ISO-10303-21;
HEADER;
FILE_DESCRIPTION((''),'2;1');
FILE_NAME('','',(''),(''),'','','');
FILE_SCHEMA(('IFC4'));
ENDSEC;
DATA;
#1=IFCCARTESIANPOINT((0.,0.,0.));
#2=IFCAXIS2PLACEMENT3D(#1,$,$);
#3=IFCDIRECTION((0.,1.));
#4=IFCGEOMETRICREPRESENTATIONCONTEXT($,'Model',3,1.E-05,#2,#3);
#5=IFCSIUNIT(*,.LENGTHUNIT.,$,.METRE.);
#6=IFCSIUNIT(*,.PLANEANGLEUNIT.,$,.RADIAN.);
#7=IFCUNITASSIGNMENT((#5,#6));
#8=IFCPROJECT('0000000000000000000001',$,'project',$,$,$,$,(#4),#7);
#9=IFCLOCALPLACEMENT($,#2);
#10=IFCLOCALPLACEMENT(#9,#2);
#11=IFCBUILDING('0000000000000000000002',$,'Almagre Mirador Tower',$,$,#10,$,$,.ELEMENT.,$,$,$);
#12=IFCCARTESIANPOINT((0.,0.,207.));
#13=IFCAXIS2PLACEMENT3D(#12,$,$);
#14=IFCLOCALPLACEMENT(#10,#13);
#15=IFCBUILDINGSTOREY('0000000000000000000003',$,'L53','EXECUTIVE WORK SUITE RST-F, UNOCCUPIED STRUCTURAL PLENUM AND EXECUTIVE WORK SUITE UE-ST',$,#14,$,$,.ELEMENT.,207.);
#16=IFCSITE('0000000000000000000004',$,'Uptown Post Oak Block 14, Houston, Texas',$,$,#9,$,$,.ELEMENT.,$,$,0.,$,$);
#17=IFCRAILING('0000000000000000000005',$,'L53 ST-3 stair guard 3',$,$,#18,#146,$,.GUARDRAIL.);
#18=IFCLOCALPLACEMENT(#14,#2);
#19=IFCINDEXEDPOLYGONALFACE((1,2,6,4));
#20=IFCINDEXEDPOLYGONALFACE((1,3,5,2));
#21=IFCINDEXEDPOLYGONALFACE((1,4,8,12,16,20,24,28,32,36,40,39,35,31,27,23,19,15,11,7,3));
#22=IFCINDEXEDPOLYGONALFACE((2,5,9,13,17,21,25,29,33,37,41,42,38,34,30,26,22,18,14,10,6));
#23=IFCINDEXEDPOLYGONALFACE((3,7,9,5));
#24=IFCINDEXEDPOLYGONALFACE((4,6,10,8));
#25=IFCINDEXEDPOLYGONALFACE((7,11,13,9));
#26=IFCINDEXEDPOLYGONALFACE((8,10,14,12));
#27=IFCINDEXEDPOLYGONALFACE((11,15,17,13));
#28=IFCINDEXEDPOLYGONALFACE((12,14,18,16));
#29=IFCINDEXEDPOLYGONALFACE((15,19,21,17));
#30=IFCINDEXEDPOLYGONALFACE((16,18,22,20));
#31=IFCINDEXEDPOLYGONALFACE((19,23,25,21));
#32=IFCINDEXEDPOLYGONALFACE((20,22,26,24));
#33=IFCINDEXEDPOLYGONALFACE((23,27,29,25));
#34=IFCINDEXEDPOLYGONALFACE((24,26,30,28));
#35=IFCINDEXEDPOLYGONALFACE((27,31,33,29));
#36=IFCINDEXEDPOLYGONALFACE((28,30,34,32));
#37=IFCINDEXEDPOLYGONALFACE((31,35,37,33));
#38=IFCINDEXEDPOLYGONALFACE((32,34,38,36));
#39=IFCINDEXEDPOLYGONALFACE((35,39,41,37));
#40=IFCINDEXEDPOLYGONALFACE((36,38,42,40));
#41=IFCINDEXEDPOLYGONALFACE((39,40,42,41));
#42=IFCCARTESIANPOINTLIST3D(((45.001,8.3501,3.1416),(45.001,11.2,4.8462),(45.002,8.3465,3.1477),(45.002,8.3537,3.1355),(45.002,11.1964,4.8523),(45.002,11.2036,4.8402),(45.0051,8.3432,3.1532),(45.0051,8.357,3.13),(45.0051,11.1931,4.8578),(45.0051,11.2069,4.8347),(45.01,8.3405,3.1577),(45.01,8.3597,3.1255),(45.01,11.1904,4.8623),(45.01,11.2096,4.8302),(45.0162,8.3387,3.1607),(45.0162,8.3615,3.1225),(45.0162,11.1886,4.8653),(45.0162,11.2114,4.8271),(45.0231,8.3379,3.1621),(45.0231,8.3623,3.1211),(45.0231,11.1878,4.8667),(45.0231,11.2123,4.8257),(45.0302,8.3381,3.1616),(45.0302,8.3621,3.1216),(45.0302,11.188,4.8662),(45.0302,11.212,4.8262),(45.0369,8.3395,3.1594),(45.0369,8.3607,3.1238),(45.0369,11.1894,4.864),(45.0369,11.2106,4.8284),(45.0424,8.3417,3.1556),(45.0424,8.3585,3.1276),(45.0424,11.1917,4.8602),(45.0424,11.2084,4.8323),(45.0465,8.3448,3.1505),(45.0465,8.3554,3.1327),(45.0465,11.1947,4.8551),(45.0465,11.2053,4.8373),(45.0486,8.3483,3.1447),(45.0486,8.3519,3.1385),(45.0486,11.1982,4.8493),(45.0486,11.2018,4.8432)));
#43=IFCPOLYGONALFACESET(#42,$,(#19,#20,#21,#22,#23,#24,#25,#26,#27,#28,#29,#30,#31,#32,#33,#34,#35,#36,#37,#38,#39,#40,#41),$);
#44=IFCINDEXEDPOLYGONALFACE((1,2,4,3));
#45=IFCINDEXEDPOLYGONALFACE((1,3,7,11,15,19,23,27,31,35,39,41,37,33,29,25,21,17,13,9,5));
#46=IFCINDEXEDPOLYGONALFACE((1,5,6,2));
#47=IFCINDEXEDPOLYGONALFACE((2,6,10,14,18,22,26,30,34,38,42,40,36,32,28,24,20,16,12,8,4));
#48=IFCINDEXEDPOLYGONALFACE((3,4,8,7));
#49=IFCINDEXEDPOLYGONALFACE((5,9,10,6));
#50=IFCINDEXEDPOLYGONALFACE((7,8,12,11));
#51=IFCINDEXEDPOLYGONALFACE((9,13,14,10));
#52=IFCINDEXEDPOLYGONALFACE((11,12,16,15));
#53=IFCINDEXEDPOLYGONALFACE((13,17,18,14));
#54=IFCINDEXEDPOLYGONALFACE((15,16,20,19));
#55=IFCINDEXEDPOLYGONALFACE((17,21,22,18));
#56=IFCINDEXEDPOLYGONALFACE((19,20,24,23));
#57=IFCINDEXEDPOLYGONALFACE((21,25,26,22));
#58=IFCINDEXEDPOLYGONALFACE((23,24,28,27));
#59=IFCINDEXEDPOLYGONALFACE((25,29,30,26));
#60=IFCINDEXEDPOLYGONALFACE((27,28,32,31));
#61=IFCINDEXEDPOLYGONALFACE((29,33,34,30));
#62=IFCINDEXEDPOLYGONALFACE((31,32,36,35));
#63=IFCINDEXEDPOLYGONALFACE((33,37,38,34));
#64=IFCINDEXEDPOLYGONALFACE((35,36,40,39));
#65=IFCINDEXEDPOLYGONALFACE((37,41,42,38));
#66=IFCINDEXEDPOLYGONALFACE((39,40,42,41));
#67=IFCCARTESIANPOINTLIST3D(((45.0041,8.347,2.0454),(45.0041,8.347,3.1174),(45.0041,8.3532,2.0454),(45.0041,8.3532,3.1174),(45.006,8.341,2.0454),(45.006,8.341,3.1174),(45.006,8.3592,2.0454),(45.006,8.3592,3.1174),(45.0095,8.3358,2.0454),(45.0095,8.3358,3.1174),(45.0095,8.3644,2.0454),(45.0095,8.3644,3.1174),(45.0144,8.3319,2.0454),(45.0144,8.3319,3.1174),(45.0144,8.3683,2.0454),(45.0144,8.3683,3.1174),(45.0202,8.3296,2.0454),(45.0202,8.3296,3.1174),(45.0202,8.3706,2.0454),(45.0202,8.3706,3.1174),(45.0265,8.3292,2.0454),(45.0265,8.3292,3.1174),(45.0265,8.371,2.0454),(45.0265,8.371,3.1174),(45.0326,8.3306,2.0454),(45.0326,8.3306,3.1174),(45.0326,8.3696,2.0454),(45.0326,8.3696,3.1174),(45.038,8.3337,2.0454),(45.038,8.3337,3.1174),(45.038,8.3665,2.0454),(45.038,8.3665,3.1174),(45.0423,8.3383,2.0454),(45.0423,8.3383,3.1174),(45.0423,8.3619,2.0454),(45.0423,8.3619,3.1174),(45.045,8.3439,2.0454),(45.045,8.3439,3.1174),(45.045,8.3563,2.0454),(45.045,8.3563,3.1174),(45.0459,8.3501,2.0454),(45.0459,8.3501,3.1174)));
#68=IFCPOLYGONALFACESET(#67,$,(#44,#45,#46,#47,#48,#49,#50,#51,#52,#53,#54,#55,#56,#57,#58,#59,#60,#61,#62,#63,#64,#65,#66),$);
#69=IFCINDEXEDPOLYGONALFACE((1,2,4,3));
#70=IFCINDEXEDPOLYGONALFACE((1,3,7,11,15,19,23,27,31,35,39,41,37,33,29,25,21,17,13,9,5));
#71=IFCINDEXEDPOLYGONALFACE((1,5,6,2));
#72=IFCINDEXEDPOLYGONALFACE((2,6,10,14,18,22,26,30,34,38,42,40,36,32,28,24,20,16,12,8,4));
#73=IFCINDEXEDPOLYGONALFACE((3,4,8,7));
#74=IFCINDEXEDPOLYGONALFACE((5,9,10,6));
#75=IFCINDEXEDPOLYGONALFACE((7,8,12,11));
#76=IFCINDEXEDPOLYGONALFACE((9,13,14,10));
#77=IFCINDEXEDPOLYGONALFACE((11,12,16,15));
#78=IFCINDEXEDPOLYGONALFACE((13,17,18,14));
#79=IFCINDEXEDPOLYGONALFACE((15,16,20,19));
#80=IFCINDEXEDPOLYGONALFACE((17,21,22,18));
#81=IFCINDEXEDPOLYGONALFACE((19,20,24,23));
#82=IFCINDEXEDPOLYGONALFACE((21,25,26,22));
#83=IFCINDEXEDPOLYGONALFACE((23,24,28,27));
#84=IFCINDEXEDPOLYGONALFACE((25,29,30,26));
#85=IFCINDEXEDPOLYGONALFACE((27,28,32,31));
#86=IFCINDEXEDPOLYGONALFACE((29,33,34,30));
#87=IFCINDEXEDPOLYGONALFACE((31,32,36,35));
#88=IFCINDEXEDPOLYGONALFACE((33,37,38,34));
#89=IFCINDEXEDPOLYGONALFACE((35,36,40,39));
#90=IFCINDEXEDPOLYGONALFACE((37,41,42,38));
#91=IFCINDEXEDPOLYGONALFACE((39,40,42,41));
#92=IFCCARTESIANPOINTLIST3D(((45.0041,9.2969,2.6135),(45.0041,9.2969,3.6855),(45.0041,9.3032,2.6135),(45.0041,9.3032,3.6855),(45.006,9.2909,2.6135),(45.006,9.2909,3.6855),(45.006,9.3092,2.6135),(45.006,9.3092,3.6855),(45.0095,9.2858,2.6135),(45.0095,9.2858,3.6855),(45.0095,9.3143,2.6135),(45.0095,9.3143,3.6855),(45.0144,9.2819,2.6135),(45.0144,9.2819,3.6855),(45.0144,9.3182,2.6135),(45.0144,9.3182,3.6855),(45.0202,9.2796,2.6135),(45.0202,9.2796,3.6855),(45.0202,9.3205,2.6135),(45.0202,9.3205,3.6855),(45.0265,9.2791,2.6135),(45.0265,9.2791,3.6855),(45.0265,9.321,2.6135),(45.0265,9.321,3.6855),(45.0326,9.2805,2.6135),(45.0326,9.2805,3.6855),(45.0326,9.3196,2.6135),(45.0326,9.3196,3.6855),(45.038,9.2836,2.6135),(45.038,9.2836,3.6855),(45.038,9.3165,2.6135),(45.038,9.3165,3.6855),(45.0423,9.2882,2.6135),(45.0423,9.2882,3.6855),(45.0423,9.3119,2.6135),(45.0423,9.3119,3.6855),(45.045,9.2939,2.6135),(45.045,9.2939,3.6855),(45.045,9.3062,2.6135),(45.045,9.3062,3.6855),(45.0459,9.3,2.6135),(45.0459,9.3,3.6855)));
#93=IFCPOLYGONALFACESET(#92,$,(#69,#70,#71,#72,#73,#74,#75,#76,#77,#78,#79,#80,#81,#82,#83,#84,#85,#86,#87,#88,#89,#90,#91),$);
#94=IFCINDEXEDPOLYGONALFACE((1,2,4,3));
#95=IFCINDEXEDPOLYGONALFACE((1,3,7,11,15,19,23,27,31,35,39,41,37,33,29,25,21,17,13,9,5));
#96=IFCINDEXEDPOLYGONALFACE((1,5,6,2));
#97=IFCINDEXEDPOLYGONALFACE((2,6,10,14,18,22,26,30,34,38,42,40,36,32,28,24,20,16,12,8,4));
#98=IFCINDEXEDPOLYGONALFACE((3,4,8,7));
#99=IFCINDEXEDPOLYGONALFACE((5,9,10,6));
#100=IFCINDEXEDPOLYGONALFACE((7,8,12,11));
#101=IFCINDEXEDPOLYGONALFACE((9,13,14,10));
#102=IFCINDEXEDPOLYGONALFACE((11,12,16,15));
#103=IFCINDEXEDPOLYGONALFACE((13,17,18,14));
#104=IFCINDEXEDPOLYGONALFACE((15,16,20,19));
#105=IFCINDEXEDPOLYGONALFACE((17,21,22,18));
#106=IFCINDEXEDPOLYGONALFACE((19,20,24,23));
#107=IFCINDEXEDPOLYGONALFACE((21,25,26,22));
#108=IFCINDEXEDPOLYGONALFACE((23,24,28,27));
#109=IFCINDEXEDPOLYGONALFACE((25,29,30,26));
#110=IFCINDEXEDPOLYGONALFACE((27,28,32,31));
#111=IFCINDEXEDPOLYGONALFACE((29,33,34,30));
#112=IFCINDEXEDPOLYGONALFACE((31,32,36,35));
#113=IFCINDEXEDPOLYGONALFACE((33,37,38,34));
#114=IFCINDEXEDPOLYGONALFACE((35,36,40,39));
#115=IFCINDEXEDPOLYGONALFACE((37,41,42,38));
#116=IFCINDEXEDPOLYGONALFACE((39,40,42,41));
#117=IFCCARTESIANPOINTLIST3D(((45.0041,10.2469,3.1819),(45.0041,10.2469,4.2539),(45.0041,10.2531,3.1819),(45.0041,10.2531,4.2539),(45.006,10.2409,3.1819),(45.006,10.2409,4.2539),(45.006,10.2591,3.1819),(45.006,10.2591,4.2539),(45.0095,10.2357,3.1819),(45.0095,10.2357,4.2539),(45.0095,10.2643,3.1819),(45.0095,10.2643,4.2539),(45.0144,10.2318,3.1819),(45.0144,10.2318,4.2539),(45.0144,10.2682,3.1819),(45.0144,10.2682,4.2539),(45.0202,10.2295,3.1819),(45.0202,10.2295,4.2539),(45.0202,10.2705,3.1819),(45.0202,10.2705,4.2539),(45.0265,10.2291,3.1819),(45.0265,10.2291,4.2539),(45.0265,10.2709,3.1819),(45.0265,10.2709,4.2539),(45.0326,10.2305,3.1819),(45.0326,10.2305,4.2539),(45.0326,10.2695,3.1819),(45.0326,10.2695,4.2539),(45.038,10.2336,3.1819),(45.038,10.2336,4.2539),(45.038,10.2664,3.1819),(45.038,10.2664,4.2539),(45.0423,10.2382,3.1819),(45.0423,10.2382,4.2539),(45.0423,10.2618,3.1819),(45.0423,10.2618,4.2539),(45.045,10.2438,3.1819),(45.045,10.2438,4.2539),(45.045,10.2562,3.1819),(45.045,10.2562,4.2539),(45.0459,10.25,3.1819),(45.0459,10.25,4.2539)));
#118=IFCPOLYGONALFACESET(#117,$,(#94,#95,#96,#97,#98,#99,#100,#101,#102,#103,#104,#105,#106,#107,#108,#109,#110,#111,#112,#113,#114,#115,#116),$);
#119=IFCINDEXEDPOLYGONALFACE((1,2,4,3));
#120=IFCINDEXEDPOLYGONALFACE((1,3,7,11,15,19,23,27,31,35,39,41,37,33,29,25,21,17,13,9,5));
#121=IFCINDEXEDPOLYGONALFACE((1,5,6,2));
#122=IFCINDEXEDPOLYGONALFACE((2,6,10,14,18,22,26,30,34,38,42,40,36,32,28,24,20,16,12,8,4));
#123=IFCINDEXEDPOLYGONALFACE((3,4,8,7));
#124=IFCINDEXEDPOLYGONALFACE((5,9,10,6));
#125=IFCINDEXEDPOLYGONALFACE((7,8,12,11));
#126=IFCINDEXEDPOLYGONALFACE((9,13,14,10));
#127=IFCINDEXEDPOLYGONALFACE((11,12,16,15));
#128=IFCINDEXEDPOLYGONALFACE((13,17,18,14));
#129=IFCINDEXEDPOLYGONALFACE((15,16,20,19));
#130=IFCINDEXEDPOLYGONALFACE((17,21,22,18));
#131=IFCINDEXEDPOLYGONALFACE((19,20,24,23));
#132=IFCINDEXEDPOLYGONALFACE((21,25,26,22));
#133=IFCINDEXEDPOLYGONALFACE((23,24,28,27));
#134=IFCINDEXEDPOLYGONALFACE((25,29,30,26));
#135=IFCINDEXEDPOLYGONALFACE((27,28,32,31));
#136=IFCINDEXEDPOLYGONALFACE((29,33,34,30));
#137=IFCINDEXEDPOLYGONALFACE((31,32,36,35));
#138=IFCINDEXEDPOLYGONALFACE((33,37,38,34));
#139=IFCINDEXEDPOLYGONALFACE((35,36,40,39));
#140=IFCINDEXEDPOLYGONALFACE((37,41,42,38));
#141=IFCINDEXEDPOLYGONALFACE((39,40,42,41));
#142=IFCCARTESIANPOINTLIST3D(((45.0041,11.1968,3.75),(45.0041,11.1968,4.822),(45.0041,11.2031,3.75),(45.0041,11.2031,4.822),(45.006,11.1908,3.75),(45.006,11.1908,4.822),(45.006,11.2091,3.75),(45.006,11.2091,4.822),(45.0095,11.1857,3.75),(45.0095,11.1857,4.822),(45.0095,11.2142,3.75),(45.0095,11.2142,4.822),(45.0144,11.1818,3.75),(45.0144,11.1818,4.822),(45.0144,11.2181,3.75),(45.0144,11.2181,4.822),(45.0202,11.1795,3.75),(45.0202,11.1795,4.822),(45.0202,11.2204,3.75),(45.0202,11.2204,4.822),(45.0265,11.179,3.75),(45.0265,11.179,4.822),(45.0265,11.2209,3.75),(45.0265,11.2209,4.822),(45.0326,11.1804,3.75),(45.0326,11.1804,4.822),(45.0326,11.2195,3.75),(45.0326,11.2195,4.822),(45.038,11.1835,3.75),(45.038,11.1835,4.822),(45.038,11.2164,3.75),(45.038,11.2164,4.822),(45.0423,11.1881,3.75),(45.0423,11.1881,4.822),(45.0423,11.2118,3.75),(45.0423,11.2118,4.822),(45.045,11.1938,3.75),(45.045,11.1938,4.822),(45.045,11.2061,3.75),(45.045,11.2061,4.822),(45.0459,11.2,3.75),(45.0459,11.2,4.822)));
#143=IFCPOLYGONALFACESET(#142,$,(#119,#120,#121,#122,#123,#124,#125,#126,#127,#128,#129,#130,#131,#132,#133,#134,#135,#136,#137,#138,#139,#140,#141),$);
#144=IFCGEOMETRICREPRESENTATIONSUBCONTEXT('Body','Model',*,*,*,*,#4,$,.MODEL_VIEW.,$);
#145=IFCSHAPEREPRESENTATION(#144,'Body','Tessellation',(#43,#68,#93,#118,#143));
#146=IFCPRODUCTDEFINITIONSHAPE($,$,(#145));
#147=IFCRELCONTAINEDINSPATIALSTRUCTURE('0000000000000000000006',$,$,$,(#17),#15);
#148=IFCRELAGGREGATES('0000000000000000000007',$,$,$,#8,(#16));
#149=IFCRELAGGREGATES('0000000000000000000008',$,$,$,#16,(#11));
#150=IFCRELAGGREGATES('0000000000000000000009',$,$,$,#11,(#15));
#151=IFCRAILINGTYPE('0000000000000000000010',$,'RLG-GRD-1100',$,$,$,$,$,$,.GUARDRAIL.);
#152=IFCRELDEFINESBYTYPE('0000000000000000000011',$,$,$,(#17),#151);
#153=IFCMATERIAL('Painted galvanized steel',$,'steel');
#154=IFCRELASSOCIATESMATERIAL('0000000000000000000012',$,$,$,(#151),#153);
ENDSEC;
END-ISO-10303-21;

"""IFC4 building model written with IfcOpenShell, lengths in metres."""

from ifc_helpers import new_model, si_unit, direction, frame, origin, origin_2d, place, context, subcontext, project, spatial, circle, extrude, material, type_object, element, save


model = new_model("IFC4")

# Units and contexts
model_context = context("Model", 3, precision=1e-05, world=origin(), true_north=direction((0.0, 1.0)))
body_context = subcontext(model_context, "Body", "Model", "MODEL_VIEW")
ifc_project = project(units=[si_unit("LENGTHUNIT", "METRE"), si_unit("PLANEANGLEUNIT", "RADIAN")], contexts=[model_context])

# Site, building, storey
site_placement = place(None, origin())
site = spatial("IfcSite", under=ifc_project, at=site_placement, Name="Uptown Post Oak Block 14, Houston, Texas", CompositionType="ELEMENT", RefElevation=0.0)
building_placement = place(site_placement, origin())
building = spatial("IfcBuilding", under=site, at=building_placement, Name="Almagre Mirador Tower", CompositionType="ELEMENT")
storey_placement = place(building_placement, frame((0.0, 0.0, 207.0)))
storey = spatial("IfcBuildingStorey", under=building, at=storey_placement, Name="L53", Description="EXECUTIVE WORK SUITE RST-F, UNOCCUPIED STRUCTURAL PLENUM AND EXECUTIVE WORK SUITE UE-ST", CompositionType="ELEMENT", Elevation=207.0)

# Railing
ifc_material_1 = material(Name="Painted galvanized steel", Category="steel")
railing_type_1 = type_object("IfcRailingType", Name="RLG-GRD-1100", PredefinedType="GUARDRAIL", material=ifc_material_1)
railing_1_placement = place(storey_placement, frame((45.0249, 8.3501, 2.0454)))
element("IfcRailing", 1, at=railing_1_placement, inside=storey, type_object=railing_type_1, Name="L53 ST-3 stair guard 3", PredefinedType="GUARDRAIL", context=body_context, shape_type="SweptSolid", body=[
    extrude(circle(Radius=0.0239, at=origin_2d()), frame((0.0, 0.0, 1.0962), z_axis=(0.0, 0.858199, 0.513317), x_axis=(-1.0, 0.0, 0.0)), (0.0, 0.0, 1.0), 3.3208),
    extrude(circle(Radius=0.021, at=origin_2d()), origin(), (0.0, 0.0, 1.0), 1.072),
    extrude(circle(Radius=0.021, at=origin_2d()), frame((0.0, 0.95, 0.5681)), (0.0, 0.0, 1.0), 1.072),
    extrude(circle(Radius=0.021, at=origin_2d()), frame((0.0, 1.8999, 1.1365)), (0.0, 0.0, 1.0), 1.072),
    extrude(circle(Radius=0.021, at=origin_2d()), frame((0.0, 2.8499, 1.7046)), (0.0, 0.0, 1.0), 1.072),
])

save(model, "model.ifc")
